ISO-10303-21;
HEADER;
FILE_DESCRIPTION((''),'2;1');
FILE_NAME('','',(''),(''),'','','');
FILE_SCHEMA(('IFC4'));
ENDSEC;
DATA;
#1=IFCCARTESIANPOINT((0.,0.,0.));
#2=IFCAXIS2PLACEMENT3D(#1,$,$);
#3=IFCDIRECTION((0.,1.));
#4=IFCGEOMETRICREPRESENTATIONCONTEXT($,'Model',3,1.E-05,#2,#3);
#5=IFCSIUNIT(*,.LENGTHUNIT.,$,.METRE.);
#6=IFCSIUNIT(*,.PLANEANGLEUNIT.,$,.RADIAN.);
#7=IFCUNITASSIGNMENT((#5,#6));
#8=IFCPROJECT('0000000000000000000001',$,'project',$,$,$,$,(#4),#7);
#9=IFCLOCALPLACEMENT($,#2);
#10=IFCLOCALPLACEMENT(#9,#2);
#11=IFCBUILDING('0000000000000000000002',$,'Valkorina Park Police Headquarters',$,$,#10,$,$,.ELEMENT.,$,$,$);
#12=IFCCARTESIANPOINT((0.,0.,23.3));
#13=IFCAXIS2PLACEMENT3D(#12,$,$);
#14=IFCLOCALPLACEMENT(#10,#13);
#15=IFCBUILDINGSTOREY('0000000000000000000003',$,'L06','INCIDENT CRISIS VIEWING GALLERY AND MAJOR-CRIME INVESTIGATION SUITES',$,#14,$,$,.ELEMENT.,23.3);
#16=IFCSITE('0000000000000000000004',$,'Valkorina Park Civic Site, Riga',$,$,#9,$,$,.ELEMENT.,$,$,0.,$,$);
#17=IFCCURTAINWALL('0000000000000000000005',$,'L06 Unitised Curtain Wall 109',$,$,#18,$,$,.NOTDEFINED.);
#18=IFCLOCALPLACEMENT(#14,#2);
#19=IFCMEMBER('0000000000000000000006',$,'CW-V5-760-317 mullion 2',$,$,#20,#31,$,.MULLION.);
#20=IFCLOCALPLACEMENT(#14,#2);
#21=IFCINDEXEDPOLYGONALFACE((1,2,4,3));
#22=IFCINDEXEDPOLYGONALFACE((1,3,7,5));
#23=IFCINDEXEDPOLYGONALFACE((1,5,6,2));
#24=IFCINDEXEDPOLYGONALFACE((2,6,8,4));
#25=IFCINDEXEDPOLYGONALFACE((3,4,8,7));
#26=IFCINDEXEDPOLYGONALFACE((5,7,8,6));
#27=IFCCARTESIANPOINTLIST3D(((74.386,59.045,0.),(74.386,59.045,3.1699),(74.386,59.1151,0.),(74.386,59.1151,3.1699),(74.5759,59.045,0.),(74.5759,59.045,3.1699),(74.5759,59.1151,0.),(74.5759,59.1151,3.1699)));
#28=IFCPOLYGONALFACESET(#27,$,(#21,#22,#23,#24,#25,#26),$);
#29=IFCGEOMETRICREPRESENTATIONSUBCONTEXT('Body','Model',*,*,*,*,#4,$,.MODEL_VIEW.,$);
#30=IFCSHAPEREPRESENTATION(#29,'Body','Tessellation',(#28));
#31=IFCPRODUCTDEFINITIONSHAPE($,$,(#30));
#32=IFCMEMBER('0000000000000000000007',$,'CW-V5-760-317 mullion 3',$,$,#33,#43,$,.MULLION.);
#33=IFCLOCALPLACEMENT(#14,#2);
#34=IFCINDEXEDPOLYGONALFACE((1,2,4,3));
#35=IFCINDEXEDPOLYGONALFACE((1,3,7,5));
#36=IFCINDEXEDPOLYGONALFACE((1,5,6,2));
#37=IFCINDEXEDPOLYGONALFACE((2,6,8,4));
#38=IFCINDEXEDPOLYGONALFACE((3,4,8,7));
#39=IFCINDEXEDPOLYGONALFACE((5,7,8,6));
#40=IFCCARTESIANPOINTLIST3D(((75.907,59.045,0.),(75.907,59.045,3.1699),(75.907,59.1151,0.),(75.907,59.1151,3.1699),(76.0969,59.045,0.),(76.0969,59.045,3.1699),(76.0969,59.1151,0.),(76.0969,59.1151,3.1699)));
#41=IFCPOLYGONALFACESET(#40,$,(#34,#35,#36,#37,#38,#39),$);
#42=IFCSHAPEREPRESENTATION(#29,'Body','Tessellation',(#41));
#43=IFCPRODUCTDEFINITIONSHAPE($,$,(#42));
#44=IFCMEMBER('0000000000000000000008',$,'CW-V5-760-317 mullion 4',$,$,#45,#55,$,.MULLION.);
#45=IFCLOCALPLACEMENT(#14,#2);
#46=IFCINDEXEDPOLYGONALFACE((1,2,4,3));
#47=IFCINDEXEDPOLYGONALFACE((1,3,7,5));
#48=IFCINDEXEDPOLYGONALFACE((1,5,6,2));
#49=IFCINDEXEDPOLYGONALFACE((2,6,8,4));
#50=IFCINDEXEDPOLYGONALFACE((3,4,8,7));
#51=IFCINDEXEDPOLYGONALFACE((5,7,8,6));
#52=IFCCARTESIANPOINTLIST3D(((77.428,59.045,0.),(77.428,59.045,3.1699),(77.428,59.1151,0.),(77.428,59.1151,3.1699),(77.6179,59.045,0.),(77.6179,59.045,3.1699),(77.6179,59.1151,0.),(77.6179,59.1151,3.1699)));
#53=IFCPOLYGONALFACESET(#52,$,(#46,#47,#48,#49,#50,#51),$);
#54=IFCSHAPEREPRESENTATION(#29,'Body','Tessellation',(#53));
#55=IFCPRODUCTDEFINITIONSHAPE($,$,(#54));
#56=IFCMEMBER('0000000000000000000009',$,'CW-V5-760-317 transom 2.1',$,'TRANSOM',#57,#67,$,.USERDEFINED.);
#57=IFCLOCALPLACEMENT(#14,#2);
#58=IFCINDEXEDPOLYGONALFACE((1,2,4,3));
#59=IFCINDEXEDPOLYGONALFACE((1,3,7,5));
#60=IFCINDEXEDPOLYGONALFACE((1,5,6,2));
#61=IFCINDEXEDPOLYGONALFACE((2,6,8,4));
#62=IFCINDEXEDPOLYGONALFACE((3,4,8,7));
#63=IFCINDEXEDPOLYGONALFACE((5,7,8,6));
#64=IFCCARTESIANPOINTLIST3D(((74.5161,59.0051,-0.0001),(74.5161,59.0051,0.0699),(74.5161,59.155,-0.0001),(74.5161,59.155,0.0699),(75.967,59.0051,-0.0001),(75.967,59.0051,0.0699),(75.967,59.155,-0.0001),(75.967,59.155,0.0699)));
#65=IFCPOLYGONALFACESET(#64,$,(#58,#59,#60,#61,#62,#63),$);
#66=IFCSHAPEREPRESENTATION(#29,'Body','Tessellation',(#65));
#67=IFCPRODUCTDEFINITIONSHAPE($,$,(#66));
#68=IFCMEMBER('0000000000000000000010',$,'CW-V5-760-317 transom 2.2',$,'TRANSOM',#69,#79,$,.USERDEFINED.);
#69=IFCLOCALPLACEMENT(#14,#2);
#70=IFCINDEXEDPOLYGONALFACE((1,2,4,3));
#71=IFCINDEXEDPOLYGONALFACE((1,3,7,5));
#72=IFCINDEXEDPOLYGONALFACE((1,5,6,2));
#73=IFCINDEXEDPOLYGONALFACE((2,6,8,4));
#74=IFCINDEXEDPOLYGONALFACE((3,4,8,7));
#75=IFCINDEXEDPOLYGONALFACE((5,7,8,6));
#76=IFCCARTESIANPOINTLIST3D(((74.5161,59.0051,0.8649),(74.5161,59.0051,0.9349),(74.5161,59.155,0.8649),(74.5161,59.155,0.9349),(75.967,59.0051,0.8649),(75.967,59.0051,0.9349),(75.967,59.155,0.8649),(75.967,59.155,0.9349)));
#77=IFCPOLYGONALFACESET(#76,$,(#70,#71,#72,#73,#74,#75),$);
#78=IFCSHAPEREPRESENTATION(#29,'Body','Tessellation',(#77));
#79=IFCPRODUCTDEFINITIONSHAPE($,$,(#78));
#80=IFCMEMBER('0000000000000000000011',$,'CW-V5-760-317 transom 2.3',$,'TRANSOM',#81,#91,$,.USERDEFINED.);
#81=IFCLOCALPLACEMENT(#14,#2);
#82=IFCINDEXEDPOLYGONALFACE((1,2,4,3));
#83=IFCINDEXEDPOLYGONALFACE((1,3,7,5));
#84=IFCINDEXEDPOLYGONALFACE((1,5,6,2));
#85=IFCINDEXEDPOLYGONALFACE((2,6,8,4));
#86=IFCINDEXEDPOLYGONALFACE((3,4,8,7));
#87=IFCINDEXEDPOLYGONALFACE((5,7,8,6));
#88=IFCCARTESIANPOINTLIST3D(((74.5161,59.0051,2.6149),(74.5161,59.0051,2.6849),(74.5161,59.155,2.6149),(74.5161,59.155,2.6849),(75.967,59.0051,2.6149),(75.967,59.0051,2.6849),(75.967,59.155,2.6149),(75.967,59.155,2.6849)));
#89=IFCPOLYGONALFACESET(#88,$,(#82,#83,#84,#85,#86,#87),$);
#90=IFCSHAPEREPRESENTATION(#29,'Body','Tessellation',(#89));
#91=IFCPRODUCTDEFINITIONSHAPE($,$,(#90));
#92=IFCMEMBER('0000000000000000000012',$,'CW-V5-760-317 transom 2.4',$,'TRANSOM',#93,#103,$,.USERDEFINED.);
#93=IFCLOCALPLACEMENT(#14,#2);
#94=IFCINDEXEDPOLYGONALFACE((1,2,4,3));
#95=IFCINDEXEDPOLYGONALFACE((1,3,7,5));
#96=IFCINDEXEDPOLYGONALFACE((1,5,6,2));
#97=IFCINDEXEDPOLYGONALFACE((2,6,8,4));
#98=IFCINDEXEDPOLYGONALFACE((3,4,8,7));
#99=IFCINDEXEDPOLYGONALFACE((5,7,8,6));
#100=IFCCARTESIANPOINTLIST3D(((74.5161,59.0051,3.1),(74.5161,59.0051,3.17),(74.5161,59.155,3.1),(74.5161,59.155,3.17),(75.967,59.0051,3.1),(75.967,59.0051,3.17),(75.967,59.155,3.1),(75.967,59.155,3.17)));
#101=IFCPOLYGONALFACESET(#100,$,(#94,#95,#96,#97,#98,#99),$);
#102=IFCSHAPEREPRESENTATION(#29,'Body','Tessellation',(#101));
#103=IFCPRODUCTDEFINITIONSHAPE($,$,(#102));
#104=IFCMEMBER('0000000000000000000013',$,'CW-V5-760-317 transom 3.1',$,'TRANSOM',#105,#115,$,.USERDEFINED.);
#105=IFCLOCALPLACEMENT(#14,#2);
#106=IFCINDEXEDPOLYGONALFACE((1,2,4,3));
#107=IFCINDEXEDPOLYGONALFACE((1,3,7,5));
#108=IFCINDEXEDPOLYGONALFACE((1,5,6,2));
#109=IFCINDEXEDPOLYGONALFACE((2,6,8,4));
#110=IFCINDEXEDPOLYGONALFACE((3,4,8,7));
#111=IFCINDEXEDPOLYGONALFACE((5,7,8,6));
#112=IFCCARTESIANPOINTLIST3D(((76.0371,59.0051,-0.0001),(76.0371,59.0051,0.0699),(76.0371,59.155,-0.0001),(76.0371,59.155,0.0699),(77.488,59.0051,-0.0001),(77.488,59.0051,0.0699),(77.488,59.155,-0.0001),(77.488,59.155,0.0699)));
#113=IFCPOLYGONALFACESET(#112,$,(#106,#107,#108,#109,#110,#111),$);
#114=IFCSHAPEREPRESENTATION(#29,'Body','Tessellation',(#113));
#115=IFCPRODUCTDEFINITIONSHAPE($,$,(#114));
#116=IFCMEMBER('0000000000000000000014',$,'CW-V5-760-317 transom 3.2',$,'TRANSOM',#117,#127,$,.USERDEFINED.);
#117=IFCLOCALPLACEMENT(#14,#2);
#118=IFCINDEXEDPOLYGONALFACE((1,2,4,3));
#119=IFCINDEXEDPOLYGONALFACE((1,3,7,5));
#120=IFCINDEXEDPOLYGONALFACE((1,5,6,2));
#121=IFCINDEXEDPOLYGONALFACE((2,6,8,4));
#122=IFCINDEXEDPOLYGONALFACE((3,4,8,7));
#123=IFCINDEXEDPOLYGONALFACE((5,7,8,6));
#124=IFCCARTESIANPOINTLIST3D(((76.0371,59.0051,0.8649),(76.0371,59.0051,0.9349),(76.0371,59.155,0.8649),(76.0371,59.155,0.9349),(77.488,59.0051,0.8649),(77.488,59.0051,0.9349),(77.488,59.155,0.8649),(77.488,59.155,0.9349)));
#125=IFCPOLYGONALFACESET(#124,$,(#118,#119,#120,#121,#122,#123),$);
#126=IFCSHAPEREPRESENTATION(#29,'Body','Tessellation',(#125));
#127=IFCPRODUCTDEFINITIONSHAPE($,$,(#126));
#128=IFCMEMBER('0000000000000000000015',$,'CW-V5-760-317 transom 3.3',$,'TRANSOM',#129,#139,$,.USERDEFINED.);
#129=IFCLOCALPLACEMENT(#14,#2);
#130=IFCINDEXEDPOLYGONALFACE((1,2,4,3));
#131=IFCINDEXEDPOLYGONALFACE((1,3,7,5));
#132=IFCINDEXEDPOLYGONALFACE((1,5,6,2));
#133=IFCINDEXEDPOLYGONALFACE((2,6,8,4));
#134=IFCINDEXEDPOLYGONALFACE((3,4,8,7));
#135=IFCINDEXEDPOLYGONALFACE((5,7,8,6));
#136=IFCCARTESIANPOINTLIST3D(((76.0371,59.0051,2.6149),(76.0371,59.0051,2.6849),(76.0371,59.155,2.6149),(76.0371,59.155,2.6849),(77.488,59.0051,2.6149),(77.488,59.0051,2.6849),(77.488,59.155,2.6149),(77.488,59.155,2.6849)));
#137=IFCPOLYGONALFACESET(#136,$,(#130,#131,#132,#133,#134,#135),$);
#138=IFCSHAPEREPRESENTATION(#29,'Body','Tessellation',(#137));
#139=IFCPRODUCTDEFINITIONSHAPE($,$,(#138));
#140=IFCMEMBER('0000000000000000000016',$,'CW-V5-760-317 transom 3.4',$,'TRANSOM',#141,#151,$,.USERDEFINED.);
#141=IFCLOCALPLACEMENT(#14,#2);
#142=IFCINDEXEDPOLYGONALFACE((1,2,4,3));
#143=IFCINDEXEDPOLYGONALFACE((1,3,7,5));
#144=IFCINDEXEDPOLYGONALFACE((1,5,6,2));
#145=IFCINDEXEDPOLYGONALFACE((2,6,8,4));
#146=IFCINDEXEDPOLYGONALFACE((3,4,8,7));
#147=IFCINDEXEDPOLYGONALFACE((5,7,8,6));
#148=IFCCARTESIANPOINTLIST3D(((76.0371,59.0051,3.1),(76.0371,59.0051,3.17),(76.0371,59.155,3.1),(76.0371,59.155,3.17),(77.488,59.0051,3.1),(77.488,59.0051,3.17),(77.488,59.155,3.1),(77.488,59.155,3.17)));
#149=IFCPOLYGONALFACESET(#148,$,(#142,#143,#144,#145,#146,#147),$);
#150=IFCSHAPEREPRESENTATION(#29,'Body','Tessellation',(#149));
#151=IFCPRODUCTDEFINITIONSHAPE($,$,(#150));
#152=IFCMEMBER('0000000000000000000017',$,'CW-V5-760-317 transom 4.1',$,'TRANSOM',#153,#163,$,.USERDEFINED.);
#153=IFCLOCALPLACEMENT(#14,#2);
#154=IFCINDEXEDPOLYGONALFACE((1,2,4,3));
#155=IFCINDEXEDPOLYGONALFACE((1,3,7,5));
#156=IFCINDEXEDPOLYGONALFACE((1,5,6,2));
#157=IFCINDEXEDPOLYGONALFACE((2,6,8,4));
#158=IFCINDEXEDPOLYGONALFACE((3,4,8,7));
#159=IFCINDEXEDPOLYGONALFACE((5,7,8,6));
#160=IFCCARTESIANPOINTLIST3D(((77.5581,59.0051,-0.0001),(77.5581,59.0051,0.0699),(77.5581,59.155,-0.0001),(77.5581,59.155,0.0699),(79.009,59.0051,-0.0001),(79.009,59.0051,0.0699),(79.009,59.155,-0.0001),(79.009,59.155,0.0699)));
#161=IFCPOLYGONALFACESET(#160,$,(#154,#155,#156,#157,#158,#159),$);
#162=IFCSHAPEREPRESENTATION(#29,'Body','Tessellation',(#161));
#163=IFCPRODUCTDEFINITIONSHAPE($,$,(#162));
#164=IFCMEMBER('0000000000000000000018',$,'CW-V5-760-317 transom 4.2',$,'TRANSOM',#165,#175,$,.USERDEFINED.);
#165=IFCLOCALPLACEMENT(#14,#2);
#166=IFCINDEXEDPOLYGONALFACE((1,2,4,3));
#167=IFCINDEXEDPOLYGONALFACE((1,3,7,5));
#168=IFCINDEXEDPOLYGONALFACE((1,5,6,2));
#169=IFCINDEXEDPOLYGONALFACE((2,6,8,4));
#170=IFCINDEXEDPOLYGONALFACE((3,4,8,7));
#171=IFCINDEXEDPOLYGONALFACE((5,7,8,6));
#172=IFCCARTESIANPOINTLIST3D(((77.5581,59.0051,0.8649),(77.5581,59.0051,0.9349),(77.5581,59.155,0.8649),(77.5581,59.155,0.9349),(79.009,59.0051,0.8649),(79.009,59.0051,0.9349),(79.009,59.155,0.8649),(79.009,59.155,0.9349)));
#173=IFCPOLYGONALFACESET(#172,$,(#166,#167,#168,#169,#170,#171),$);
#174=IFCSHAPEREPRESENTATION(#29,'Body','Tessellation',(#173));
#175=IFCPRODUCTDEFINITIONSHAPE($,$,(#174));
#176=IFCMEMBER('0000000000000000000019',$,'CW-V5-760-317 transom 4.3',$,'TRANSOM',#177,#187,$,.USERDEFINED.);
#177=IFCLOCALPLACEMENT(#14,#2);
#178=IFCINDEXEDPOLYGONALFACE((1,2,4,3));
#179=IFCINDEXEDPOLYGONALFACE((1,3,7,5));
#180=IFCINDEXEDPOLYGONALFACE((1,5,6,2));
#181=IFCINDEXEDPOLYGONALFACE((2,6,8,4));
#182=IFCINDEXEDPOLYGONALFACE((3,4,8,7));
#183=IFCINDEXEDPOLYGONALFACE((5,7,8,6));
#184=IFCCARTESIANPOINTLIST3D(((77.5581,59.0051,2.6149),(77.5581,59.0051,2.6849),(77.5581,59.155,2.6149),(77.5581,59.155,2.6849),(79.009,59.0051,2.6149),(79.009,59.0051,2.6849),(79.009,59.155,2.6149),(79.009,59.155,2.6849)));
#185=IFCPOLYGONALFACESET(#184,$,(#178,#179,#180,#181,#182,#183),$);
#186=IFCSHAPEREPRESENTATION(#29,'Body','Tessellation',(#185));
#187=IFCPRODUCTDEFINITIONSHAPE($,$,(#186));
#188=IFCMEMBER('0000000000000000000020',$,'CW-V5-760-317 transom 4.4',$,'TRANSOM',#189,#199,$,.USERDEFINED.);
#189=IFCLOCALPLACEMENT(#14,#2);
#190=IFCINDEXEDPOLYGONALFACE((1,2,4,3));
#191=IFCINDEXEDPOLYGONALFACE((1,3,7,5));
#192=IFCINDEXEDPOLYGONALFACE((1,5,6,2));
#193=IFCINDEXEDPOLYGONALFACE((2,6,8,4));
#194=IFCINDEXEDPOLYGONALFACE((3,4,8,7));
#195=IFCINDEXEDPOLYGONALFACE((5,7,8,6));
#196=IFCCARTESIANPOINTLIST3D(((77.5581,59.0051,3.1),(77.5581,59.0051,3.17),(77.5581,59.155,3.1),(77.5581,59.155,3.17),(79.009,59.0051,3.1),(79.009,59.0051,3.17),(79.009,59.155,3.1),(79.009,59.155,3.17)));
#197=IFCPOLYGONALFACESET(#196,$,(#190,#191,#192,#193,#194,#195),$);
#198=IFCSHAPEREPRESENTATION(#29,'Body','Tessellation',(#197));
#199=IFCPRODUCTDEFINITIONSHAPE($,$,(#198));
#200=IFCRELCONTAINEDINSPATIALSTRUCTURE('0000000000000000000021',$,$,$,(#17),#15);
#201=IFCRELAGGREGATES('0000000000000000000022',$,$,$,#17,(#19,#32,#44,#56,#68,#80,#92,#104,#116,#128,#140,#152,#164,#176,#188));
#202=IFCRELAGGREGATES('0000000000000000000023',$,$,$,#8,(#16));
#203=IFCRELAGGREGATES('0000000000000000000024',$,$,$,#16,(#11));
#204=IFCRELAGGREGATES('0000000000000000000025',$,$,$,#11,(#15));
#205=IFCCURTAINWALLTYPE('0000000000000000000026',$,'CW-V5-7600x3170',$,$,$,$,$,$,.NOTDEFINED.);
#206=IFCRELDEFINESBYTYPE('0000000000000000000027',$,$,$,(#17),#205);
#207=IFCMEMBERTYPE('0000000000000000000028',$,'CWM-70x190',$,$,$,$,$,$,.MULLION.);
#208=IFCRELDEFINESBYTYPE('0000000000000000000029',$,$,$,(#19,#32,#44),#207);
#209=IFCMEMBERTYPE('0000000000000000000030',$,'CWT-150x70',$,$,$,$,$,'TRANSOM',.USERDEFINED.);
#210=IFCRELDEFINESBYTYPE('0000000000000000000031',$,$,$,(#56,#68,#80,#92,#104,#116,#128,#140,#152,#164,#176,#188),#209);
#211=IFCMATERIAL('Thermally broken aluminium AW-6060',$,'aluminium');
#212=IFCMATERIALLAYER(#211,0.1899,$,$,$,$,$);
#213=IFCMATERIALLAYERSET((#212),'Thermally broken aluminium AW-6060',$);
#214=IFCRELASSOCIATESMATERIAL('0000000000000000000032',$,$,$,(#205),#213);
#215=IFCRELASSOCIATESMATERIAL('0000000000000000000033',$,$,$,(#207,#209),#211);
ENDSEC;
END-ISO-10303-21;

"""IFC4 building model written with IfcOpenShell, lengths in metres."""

from ifc_helpers import new_model, si_unit, direction, frame, origin, origin_2d, place, context, subcontext, project, spatial, rectangle, extrude, material, layer, layer_set, material_profile, profile_set, type_object, element, aggregate, save


model = new_model("IFC4")

# Units and contexts
model_context = context("Model", 3, precision=1e-05, world=origin(), true_north=direction((0.0, 1.0)))
body_context = subcontext(model_context, "Body", "Model", "MODEL_VIEW")
ifc_project = project(units=[si_unit("LENGTHUNIT", "METRE"), si_unit("PLANEANGLEUNIT", "RADIAN")], contexts=[model_context])

# Site, building, storey
site_placement = place(None, origin())
site = spatial("IfcSite", under=ifc_project, at=site_placement, Name="Valkorina Park Civic Site, Riga", CompositionType="ELEMENT", RefElevation=0.0)
building_placement = place(site_placement, origin())
building = spatial("IfcBuilding", under=site, at=building_placement, Name="Valkorina Park Police Headquarters", CompositionType="ELEMENT")
storey_placement = place(building_placement, frame((0.0, 0.0, 23.3)))
storey = spatial("IfcBuildingStorey", under=building, at=storey_placement, Name="L06", Description="INCIDENT CRISIS VIEWING GALLERY AND MAJOR-CRIME INVESTIGATION SUITES", CompositionType="ELEMENT", Elevation=23.3)

# Curtain wall, members
ifc_material_1 = material(Name="Thermally broken aluminium AW-6060", Category="aluminium")
ifc_layer_1 = layer(ifc_material_1, 0.1899)
ifc_layer_set_1 = layer_set([ifc_layer_1], Name="Thermally broken aluminium AW-6060")
curtain_wall_type = type_object("IfcCurtainWallType", Name="CW-V5-7600x3170", PredefinedType="NOTDEFINED", material=ifc_layer_set_1)
curtain_wall_placement = place(storey_placement, origin())
curtain_wall = element("IfcCurtainWall", 1, at=curtain_wall_placement, inside=storey, type_object=curtain_wall_type, Name="L06 Unitised Curtain Wall 109", PredefinedType="NOTDEFINED")
ifc_material_profile_1 = material_profile(ifc_material_1, rectangle(XDim=0.0701, YDim=0.1899, at=origin_2d()), Name="CWM-02 70x190")
ifc_profile_set_1 = profile_set([ifc_material_profile_1], Name="Thermally broken aluminium AW-6060")
member_type_1 = type_object("IfcMemberType", Name="CWM-70x190", PredefinedType="MULLION", material=ifc_profile_set_1)
member_1_placement = place(storey_placement, frame((74.481, 59.0801, 0.0), z_axis=(0.0, 0.0, 1.0), x_axis=(0.0, 1.0, 0.0)))
member_1 = element("IfcMember", 2, at=member_1_placement, type_object=member_type_1, Name="CW-V5-760-317 mullion 2", PredefinedType="MULLION", context=body_context, shape_type="SweptSolid", body=[
    extrude(rectangle(XDim=0.0701, YDim=0.1899, at=origin_2d()), origin(), (0.0, 0.0, 1.0), 3.1699),
])
member_2_placement = place(storey_placement, frame((76.002, 59.0801, 0.0), z_axis=(0.0, 0.0, 1.0), x_axis=(0.0, 1.0, 0.0)))
member_2 = element("IfcMember", 3, at=member_2_placement, type_object=member_type_1, Name="CW-V5-760-317 mullion 3", PredefinedType="MULLION", context=body_context, shape_type="SweptSolid", body=[
    extrude(rectangle(XDim=0.0701, YDim=0.1899, at=origin_2d()), origin(), (0.0, 0.0, 1.0), 3.1699),
])
member_3_placement = place(storey_placement, frame((77.5229, 59.0801, 0.0), z_axis=(0.0, 0.0, 1.0), x_axis=(0.0, 1.0, 0.0)))
member_3 = element("IfcMember", 4, at=member_3_placement, type_object=member_type_1, Name="CW-V5-760-317 mullion 4", PredefinedType="MULLION", context=body_context, shape_type="SweptSolid", body=[
    extrude(rectangle(XDim=0.0701, YDim=0.1899, at=origin_2d()), origin(), (0.0, 0.0, 1.0), 3.1699),
])
ifc_material_profile_2 = material_profile(ifc_material_1, rectangle(XDim=0.1499, YDim=0.0701, at=origin_2d()), Name="CWT-02 150x70")
ifc_profile_set_2 = profile_set([ifc_material_profile_2], Name="Thermally broken aluminium AW-6060")
member_type_2 = type_object("IfcMemberType", Name="CWT-150x70", ElementType="TRANSOM", PredefinedType="USERDEFINED", material=ifc_profile_set_2)
member_4_placement = place(storey_placement, frame((74.5161, 59.0801, 0.0349), z_axis=(1.0, 0.0, 0.0), x_axis=(0.0, 1.0, 0.0)))
member_4 = element("IfcMember", 5, at=member_4_placement, type_object=member_type_2, Name="CW-V5-760-317 transom 2.1", ObjectType="TRANSOM", PredefinedType="USERDEFINED", context=body_context, shape_type="SweptSolid", body=[
    extrude(rectangle(XDim=0.1499, YDim=0.0701, at=origin_2d()), origin(), (0.0, 0.0, 1.0), 1.4509),
])
member_5_placement = place(storey_placement, frame((74.5161, 59.0801, 0.8999), z_axis=(1.0, 0.0, 0.0), x_axis=(0.0, 1.0, 0.0)))
member_5 = element("IfcMember", 6, at=member_5_placement, type_object=member_type_2, Name="CW-V5-760-317 transom 2.2", ObjectType="TRANSOM", PredefinedType="USERDEFINED", context=body_context, shape_type="SweptSolid", body=[
    extrude(rectangle(XDim=0.1499, YDim=0.0701, at=origin_2d()), origin(), (0.0, 0.0, 1.0), 1.4509),
])
member_6_placement = place(storey_placement, frame((74.5161, 59.0801, 2.6499), z_axis=(1.0, 0.0, 0.0), x_axis=(0.0, 1.0, 0.0)))
member_6 = element("IfcMember", 7, at=member_6_placement, type_object=member_type_2, Name="CW-V5-760-317 transom 2.3", ObjectType="TRANSOM", PredefinedType="USERDEFINED", context=body_context, shape_type="SweptSolid", body=[
    extrude(rectangle(XDim=0.1499, YDim=0.0701, at=origin_2d()), origin(), (0.0, 0.0, 1.0), 1.4509),
])
member_7_placement = place(storey_placement, frame((74.5161, 59.0801, 3.135), z_axis=(1.0, 0.0, 0.0), x_axis=(0.0, 1.0, 0.0)))
member_7 = element("IfcMember", 8, at=member_7_placement, type_object=member_type_2, Name="CW-V5-760-317 transom 2.4", ObjectType="TRANSOM", PredefinedType="USERDEFINED", context=body_context, shape_type="SweptSolid", body=[
    extrude(rectangle(XDim=0.1499, YDim=0.0701, at=origin_2d()), origin(), (0.0, 0.0, 1.0), 1.4509),
])
member_8_placement = place(storey_placement, frame((76.0371, 59.0801, 0.0349), z_axis=(1.0, 0.0, 0.0), x_axis=(0.0, 1.0, 0.0)))
member_8 = element("IfcMember", 9, at=member_8_placement, type_object=member_type_2, Name="CW-V5-760-317 transom 3.1", ObjectType="TRANSOM", PredefinedType="USERDEFINED", context=body_context, shape_type="SweptSolid", body=[
    extrude(rectangle(XDim=0.1499, YDim=0.0701, at=origin_2d()), origin(), (0.0, 0.0, 1.0), 1.4509),
])
member_9_placement = place(storey_placement, frame((76.0371, 59.0801, 0.8999), z_axis=(1.0, 0.0, 0.0), x_axis=(0.0, 1.0, 0.0)))
member_9 = element("IfcMember", 10, at=member_9_placement, type_object=member_type_2, Name="CW-V5-760-317 transom 3.2", ObjectType="TRANSOM", PredefinedType="USERDEFINED", context=body_context, shape_type="SweptSolid", body=[
    extrude(rectangle(XDim=0.1499, YDim=0.0701, at=origin_2d()), origin(), (0.0, 0.0, 1.0), 1.4509),
])
member_10_placement = place(storey_placement, frame((76.0371, 59.0801, 2.6499), z_axis=(1.0, 0.0, 0.0), x_axis=(0.0, 1.0, 0.0)))
member_10 = element("IfcMember", 11, at=member_10_placement, type_object=member_type_2, Name="CW-V5-760-317 transom 3.3", ObjectType="TRANSOM", PredefinedType="USERDEFINED", context=body_context, shape_type="SweptSolid", body=[
    extrude(rectangle(XDim=0.1499, YDim=0.0701, at=origin_2d()), origin(), (0.0, 0.0, 1.0), 1.4509),
])
member_11_placement = place(storey_placement, frame((76.0371, 59.0801, 3.135), z_axis=(1.0, 0.0, 0.0), x_axis=(0.0, 1.0, 0.0)))
member_11 = element("IfcMember", 12, at=member_11_placement, type_object=member_type_2, Name="CW-V5-760-317 transom 3.4", ObjectType="TRANSOM", PredefinedType="USERDEFINED", context=body_context, shape_type="SweptSolid", body=[
    extrude(rectangle(XDim=0.1499, YDim=0.0701, at=origin_2d()), origin(), (0.0, 0.0, 1.0), 1.4509),
])
member_12_placement = place(storey_placement, frame((77.5581, 59.0801, 0.0349), z_axis=(1.0, 0.0, 0.0), x_axis=(0.0, 1.0, 0.0)))
member_12 = element("IfcMember", 13, at=member_12_placement, type_object=member_type_2, Name="CW-V5-760-317 transom 4.1", ObjectType="TRANSOM", PredefinedType="USERDEFINED", context=body_context, shape_type="SweptSolid", body=[
    extrude(rectangle(XDim=0.1499, YDim=0.0701, at=origin_2d()), origin(), (0.0, 0.0, 1.0), 1.4509),
])
member_13_placement = place(storey_placement, frame((77.5581, 59.0801, 0.8999), z_axis=(1.0, 0.0, 0.0), x_axis=(0.0, 1.0, 0.0)))
member_13 = element("IfcMember", 14, at=member_13_placement, type_object=member_type_2, Name="CW-V5-760-317 transom 4.2", ObjectType="TRANSOM", PredefinedType="USERDEFINED", context=body_context, shape_type="SweptSolid", body=[
    extrude(rectangle(XDim=0.1499, YDim=0.0701, at=origin_2d()), origin(), (0.0, 0.0, 1.0), 1.4509),
])
member_14_placement = place(storey_placement, frame((77.5581, 59.0801, 2.6499), z_axis=(1.0, 0.0, 0.0), x_axis=(0.0, 1.0, 0.0)))
member_14 = element("IfcMember", 15, at=member_14_placement, type_object=member_type_2, Name="CW-V5-760-317 transom 4.3", ObjectType="TRANSOM", PredefinedType="USERDEFINED", context=body_context, shape_type="SweptSolid", body=[
    extrude(rectangle(XDim=0.1499, YDim=0.0701, at=origin_2d()), origin(), (0.0, 0.0, 1.0), 1.4509),
])
member_15_placement = place(storey_placement, frame((77.5581, 59.0801, 3.135), z_axis=(1.0, 0.0, 0.0), x_axis=(0.0, 1.0, 0.0)))
member_15 = element("IfcMember", 16, at=member_15_placement, type_object=member_type_2, Name="CW-V5-760-317 transom 4.4", ObjectType="TRANSOM", PredefinedType="USERDEFINED", context=body_context, shape_type="SweptSolid", body=[
    extrude(rectangle(XDim=0.1499, YDim=0.0701, at=origin_2d()), origin(), (0.0, 0.0, 1.0), 1.4509),
])
aggregate(curtain_wall, [member_1, member_2, member_3, member_4, member_5, member_6, member_7, member_8, member_9, member_10, member_11, member_12, member_13, member_14, member_15])

save(model, "model.ifc")
